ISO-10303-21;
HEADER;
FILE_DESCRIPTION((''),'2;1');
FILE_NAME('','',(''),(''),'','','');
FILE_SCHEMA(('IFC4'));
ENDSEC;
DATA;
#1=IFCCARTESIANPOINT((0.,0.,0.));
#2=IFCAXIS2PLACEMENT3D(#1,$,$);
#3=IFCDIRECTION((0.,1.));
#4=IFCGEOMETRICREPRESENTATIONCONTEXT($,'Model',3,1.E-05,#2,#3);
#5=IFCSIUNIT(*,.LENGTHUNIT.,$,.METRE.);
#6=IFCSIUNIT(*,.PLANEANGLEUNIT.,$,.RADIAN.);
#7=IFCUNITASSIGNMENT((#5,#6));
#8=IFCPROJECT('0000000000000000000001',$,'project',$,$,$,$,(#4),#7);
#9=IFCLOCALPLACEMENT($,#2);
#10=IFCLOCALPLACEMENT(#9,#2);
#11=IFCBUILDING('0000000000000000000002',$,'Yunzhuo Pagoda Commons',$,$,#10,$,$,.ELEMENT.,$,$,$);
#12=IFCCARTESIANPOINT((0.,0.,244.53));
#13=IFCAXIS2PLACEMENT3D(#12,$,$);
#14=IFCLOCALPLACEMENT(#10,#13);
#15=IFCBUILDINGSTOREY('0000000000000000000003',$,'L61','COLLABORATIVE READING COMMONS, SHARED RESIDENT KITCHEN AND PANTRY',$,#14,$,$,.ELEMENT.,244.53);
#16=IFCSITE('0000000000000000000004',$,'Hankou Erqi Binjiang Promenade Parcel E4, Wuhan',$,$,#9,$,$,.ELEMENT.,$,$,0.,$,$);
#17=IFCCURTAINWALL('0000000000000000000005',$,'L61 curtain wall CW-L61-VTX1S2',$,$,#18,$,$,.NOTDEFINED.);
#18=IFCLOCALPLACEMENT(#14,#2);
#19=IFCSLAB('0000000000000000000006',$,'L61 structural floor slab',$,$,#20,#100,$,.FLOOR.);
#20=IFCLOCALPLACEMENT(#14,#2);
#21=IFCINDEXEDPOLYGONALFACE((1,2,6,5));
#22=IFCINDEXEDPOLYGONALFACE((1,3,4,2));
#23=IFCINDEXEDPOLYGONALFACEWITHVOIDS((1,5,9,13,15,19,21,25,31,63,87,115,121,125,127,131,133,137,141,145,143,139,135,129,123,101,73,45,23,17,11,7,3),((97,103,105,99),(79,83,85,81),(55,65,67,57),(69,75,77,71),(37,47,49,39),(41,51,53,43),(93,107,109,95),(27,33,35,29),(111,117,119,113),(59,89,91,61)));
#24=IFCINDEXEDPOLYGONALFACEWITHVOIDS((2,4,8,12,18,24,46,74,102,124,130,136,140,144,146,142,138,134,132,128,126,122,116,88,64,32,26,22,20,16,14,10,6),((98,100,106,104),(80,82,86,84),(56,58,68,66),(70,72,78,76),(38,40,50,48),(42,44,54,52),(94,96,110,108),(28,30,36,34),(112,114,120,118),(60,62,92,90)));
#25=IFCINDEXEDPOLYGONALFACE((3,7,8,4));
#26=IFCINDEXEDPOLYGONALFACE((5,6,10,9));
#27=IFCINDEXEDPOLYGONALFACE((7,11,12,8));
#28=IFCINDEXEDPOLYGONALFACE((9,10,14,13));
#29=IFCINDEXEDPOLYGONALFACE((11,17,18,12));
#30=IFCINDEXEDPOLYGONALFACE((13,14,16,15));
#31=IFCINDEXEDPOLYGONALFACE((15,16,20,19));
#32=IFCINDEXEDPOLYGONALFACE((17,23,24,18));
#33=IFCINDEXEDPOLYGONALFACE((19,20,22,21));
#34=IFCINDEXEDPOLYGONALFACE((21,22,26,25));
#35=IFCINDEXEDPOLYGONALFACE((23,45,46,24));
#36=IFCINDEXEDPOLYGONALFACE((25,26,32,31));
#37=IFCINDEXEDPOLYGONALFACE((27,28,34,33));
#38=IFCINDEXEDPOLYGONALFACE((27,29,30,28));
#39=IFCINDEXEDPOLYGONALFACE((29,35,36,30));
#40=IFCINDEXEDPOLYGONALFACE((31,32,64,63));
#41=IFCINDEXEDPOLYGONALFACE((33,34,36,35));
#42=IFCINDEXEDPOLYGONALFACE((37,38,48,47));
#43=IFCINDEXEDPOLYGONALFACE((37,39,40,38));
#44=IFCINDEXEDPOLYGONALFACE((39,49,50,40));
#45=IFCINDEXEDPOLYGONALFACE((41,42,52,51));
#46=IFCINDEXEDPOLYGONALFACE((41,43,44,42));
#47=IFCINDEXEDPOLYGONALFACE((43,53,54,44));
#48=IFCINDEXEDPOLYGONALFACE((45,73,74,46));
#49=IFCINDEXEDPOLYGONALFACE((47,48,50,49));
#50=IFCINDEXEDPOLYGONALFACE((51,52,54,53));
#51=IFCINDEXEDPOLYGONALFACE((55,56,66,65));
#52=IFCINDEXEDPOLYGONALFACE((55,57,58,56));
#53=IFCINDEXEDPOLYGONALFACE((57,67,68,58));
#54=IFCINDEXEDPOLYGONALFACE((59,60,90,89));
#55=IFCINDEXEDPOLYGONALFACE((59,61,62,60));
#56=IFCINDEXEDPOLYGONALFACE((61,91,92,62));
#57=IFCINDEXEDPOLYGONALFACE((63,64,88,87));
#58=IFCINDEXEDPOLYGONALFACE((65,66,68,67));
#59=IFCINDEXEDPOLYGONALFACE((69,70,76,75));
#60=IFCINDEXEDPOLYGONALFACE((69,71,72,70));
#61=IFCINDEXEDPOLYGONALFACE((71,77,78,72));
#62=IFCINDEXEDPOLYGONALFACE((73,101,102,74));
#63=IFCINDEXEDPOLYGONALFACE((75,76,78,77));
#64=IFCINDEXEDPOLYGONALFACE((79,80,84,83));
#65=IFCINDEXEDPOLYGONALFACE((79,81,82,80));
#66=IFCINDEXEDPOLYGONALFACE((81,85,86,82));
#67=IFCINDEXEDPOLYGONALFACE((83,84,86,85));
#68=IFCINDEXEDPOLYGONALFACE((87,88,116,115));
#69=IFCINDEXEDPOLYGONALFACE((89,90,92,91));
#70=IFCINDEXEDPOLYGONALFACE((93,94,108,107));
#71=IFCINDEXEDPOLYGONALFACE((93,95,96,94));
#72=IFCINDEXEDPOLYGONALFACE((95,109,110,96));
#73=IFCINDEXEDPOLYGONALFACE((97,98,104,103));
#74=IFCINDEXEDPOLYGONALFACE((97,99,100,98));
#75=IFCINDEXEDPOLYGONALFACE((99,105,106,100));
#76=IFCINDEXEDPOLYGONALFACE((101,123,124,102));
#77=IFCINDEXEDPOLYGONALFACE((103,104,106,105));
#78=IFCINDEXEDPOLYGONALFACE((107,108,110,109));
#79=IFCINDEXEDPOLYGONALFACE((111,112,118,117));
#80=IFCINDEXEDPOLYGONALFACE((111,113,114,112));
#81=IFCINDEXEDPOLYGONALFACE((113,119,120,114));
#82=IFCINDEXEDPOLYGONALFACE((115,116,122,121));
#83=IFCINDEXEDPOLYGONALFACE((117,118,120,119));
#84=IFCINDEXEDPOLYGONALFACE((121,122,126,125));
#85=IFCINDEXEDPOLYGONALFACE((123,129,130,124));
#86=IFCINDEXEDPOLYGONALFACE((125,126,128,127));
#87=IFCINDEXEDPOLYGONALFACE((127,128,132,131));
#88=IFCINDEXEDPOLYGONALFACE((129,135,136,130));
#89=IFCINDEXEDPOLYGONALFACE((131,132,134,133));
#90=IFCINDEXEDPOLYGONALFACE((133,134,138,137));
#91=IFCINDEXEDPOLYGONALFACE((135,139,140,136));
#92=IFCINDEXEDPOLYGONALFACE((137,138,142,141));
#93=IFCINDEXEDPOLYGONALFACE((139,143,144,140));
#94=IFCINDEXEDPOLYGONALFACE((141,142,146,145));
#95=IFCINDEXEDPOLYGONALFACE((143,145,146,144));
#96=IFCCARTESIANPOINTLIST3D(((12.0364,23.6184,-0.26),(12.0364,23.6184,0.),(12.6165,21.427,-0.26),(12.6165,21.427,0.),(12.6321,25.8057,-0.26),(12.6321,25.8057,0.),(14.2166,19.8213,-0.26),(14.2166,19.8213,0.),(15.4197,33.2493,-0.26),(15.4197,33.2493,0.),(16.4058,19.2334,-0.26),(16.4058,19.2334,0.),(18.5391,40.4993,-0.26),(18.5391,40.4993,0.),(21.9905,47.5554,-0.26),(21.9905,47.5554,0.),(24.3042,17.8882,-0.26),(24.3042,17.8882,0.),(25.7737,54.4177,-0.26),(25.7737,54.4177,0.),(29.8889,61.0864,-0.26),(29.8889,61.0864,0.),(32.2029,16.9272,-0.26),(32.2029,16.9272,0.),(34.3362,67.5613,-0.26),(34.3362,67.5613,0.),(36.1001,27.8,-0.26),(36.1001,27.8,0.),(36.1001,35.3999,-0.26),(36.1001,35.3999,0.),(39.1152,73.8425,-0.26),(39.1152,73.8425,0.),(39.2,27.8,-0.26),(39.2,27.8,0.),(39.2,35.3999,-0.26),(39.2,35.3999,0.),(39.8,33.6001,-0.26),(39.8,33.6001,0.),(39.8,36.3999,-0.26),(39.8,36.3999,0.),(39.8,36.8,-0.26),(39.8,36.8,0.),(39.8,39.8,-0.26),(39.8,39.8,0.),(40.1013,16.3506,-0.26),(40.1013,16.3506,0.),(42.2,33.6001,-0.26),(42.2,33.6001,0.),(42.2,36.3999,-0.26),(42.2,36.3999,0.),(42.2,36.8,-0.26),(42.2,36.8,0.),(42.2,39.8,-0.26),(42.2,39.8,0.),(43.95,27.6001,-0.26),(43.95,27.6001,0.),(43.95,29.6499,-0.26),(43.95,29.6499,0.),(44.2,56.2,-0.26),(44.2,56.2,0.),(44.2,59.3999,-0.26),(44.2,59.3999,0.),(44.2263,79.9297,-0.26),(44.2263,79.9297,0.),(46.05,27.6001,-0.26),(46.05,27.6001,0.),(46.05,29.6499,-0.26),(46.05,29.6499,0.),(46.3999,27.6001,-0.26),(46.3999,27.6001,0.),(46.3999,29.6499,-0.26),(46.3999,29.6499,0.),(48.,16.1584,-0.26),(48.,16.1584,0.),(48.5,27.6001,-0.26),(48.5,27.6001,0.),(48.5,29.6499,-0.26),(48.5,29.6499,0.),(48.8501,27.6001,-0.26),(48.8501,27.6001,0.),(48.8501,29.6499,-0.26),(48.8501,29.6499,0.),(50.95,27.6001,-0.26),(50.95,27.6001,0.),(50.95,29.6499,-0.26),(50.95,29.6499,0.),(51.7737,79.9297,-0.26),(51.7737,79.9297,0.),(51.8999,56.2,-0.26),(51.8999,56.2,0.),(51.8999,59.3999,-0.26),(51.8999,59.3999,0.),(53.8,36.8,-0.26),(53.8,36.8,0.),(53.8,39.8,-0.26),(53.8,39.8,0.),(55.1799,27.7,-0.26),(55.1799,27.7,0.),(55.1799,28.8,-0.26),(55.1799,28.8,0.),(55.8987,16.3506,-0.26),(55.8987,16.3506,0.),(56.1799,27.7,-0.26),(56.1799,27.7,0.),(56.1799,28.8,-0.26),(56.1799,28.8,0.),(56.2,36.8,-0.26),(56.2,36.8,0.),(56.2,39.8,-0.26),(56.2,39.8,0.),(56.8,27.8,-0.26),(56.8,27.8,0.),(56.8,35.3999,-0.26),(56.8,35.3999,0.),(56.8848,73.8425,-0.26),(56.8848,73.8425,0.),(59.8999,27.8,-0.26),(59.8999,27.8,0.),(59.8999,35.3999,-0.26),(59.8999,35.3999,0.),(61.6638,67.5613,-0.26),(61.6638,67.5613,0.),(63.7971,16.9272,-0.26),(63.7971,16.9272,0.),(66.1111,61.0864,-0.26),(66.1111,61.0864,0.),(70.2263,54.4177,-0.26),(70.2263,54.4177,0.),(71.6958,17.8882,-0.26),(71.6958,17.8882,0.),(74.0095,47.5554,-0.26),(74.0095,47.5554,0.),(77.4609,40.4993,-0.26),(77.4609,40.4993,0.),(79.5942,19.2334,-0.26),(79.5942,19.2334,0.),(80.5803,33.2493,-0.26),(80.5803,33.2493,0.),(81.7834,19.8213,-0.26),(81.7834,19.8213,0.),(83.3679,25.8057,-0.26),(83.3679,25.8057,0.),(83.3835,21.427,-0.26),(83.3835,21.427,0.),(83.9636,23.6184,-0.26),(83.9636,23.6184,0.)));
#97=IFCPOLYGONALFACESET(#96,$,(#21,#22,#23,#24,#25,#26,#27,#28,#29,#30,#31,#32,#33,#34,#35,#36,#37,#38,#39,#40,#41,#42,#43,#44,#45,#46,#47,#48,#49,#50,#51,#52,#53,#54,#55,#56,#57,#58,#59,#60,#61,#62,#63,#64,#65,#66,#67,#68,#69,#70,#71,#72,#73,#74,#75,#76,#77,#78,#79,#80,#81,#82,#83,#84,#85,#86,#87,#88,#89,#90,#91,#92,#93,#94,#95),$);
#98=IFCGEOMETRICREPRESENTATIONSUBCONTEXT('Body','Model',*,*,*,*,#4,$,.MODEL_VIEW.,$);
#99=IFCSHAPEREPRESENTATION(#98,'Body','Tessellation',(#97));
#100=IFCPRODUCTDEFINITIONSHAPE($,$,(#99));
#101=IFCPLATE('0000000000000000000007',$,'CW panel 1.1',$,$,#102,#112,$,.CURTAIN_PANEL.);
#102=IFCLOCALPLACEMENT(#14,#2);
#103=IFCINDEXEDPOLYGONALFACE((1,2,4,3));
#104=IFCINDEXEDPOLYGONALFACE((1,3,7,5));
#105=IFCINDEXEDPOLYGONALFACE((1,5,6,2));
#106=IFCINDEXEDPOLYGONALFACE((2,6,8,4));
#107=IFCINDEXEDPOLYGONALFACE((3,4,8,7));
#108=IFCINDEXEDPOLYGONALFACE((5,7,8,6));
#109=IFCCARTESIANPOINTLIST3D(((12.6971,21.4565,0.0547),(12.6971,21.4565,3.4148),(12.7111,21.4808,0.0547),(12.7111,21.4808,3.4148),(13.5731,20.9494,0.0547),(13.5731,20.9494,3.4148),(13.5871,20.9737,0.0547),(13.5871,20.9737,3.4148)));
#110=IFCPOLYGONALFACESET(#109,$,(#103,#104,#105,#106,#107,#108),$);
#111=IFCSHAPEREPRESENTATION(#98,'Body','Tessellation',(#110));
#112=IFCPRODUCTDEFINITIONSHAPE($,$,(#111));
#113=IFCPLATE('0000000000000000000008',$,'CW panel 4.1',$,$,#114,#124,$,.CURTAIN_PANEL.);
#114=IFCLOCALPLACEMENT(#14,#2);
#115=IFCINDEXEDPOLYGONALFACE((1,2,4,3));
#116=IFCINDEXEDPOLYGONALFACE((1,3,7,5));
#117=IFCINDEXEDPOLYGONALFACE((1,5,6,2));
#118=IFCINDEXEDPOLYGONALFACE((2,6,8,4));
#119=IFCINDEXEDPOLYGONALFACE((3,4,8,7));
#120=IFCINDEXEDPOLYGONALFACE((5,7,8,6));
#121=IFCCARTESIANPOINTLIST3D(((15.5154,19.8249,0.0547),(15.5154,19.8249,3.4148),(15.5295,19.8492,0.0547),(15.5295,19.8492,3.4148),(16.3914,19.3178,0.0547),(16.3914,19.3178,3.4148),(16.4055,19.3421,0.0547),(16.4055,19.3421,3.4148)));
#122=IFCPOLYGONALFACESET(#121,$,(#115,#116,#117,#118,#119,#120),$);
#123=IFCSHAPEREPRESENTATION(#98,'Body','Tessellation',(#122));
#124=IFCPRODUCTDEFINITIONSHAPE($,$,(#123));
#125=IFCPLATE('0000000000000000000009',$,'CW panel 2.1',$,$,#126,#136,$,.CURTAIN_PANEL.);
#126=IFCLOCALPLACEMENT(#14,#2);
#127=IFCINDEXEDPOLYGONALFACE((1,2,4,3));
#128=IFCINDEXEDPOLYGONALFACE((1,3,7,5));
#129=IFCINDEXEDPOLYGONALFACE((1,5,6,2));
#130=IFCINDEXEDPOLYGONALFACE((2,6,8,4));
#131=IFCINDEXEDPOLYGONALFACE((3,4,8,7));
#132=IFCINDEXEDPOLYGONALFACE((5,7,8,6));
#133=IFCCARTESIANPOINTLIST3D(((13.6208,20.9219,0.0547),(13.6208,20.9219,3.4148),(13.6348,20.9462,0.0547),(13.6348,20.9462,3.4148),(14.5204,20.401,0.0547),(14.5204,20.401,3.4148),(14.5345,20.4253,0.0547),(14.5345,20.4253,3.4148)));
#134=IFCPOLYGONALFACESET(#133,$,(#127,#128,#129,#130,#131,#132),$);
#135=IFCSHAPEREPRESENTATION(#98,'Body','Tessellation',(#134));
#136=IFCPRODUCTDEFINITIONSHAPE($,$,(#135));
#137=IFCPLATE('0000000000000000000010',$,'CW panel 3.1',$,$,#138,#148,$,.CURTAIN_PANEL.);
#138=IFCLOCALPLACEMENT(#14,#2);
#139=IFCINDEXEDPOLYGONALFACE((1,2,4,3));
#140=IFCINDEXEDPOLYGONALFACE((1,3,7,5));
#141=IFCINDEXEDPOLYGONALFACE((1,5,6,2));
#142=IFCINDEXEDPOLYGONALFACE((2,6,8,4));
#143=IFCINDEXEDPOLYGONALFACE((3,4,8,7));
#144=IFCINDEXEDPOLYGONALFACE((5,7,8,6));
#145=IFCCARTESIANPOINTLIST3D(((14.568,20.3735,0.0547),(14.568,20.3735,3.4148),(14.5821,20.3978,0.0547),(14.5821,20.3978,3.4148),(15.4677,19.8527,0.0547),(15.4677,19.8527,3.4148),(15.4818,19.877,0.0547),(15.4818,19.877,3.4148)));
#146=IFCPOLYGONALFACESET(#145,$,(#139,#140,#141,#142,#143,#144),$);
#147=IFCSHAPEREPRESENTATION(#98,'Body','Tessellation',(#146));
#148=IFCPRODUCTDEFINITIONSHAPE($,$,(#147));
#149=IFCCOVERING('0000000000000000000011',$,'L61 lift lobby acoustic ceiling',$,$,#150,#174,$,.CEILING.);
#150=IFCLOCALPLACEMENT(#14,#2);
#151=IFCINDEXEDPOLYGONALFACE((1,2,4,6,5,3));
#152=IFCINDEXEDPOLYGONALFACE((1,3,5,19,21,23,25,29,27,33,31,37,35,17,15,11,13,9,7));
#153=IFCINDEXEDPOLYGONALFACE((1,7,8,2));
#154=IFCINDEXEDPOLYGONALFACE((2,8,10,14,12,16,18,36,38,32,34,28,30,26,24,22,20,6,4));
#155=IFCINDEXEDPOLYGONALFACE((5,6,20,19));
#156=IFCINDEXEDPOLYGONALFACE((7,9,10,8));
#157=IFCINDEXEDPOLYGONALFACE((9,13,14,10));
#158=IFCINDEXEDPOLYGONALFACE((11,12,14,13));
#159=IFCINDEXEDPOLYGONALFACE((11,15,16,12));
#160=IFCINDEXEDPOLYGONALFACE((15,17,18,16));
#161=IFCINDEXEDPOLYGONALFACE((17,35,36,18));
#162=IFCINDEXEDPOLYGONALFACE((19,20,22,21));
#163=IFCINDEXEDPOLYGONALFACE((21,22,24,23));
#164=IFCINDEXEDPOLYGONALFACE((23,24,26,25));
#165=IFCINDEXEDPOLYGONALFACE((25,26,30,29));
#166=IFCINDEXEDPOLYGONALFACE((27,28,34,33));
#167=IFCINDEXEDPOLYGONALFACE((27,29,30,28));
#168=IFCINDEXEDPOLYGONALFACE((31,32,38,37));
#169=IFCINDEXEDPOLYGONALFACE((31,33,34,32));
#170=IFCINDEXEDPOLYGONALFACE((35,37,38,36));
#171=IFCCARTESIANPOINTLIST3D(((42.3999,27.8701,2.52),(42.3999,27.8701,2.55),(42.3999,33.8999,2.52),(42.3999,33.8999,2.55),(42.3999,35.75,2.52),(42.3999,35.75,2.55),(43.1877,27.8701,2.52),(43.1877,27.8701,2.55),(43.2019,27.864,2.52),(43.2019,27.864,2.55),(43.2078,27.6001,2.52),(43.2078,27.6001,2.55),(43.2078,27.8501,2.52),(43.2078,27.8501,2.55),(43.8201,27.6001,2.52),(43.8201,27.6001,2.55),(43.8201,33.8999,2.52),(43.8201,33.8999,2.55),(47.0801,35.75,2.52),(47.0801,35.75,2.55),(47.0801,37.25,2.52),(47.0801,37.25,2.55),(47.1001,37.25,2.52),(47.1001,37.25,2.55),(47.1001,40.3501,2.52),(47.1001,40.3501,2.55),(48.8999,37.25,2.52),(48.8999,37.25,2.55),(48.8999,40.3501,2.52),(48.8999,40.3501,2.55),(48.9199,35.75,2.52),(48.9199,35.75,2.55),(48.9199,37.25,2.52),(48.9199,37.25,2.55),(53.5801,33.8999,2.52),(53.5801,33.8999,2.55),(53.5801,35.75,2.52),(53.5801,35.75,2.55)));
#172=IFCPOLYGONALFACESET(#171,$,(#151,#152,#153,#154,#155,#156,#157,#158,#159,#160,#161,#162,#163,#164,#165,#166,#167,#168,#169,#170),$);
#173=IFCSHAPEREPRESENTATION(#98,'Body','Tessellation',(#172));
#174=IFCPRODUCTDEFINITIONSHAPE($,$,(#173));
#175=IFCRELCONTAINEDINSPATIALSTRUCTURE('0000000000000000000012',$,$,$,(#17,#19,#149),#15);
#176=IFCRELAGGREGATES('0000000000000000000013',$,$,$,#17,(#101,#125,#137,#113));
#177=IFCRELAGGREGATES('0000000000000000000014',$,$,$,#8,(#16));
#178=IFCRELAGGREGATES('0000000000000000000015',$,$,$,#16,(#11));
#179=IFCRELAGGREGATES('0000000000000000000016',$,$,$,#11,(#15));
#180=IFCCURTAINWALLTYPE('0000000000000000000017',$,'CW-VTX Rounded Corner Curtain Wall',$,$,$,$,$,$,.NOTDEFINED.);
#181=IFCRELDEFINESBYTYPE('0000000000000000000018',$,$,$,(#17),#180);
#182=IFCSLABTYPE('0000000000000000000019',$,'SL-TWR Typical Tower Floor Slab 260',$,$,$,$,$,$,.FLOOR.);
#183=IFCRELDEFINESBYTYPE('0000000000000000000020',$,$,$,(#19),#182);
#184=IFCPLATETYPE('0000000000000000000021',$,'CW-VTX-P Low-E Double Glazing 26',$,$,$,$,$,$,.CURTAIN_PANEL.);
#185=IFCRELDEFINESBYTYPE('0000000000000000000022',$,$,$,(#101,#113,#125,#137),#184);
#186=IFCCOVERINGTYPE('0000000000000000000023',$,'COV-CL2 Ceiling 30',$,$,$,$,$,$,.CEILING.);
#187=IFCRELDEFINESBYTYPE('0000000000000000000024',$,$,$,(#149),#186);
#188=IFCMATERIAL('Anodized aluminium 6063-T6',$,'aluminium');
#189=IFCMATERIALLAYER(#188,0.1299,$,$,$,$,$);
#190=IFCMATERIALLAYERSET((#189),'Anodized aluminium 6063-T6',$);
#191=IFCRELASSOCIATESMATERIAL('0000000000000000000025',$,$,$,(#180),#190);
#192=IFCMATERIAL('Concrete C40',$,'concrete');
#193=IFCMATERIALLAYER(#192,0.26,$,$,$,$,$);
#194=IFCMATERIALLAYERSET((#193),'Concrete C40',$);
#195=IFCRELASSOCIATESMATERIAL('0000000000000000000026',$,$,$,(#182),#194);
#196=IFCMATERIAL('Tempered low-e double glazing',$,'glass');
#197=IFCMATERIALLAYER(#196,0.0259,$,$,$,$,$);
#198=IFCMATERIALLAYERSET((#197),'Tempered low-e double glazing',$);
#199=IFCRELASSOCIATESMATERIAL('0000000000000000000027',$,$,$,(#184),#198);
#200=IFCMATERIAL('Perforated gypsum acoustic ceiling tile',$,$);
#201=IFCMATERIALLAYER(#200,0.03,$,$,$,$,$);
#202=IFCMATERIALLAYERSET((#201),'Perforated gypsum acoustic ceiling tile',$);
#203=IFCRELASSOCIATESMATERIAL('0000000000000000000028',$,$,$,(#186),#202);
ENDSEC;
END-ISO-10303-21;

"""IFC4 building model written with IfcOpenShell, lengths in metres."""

from ifc_helpers import new_model, si_unit, direction, frame, origin, origin_2d, place, context, subcontext, project, spatial, polyline, rectangle, outline, extrude, source, transform, mapped, material, layer, layer_set, type_object, element, aggregate, save


model = new_model("IFC4")

# Units and contexts
model_context = context("Model", 3, precision=1e-05, world=origin(), true_north=direction((0.0, 1.0)))
body_context = subcontext(model_context, "Body", "Model", "MODEL_VIEW")
ifc_project = project(units=[si_unit("LENGTHUNIT", "METRE"), si_unit("PLANEANGLEUNIT", "RADIAN")], contexts=[model_context])

# Site, building, storey
site_placement = place(None, origin())
site = spatial("IfcSite", under=ifc_project, at=site_placement, Name="Hankou Erqi Binjiang Promenade Parcel E4, Wuhan", CompositionType="ELEMENT", RefElevation=0.0)
building_placement = place(site_placement, origin())
building = spatial("IfcBuilding", under=site, at=building_placement, Name="Yunzhuo Pagoda Commons", CompositionType="ELEMENT")
storey_placement = place(building_placement, frame((0.0, 0.0, 244.53)))
storey = spatial("IfcBuildingStorey", under=building, at=storey_placement, Name="L61", Description="COLLABORATIVE READING COMMONS, SHARED RESIDENT KITCHEN AND PANTRY", CompositionType="ELEMENT", Elevation=244.53)

# Curtain wall
ifc_material_1 = material(Name="Anodized aluminium 6063-T6", Category="aluminium")
ifc_layer_1 = layer(ifc_material_1, 0.1299)
ifc_layer_set_1 = layer_set([ifc_layer_1], Name="Anodized aluminium 6063-T6")
curtain_wall_type = type_object("IfcCurtainWallType", Name="CW-VTX Rounded Corner Curtain Wall", PredefinedType="NOTDEFINED", material=ifc_layer_set_1)
curtain_wall_placement = place(storey_placement, origin())
curtain_wall = element("IfcCurtainWall", 1, at=curtain_wall_placement, inside=storey, type_object=curtain_wall_type, Name="L61 curtain wall CW-L61-VTX1S2", PredefinedType="NOTDEFINED")

# Shared definitions
ifc_material_2 = material(Name="Concrete C40", Category="concrete")

# Slab
ifc_layer_2 = layer(ifc_material_2, 0.26)
ifc_layer_set_2 = layer_set([ifc_layer_2], Name="Concrete C40")
slab_type_1 = type_object("IfcSlabType", Name="SL-TWR Typical Tower Floor Slab 260", PredefinedType="FLOOR", material=ifc_layer_set_2)
slab_1_placement = place(storey_placement, frame((0.0, 0.0, -0.26)))
element("IfcSlab", 2, at=slab_1_placement, inside=storey, type_object=slab_type_1, Name="L61 structural floor slab", PredefinedType="FLOOR", context=body_context, shape_type="SweptSolid", body=[
    extrude(outline(polyline([(15.4197, 33.2493), (18.5391, 40.4993), (21.9905, 47.5554), (25.7737, 54.4177), (29.8889, 61.0864), (34.3362, 67.5613), (39.1152, 73.8425), (44.2263, 79.9297), (51.7737, 79.9297), (56.8848, 73.8425), (61.6638, 67.5613), (66.1111, 61.0864), (70.2263, 54.4177), (74.0095, 47.5554), (77.4609, 40.4993), (80.5803, 33.2493), (83.3679, 25.8057), (83.9636, 23.6184), (83.3835, 21.427), (81.7834, 19.8213), (79.5942, 19.2334), (71.6958, 17.8882), (63.7971, 16.9272), (55.8987, 16.3506), (48.0, 16.1584), (40.1013, 16.3506), (32.2029, 16.9272), (24.3042, 17.8882), (16.4058, 19.2334), (14.2166, 19.8213), (12.6165, 21.427), (12.0364, 23.6184), (12.6321, 25.8057), (15.4197, 33.2493)]), holes=[polyline([(56.1799, 28.8), (55.1799, 28.8), (55.1799, 27.7), (56.1799, 27.7), (56.1799, 28.8)]), polyline([(46.05, 29.6499), (43.95, 29.6499), (43.95, 27.6001), (46.05, 27.6001), (46.05, 29.6499)]), polyline([(48.5, 29.6499), (46.3999, 29.6499), (46.3999, 27.6001), (48.5, 27.6001), (48.5, 29.6499)]), polyline([(50.95, 27.6001), (50.95, 29.6499), (48.8501, 29.6499), (48.8501, 27.6001), (50.95, 27.6001)]), polyline([(36.1001, 27.8), (39.2, 27.8), (39.2, 35.3999), (36.1001, 35.3999), (36.1001, 27.8)]), polyline([(59.8999, 27.8), (59.8999, 35.3999), (56.8, 35.3999), (56.8, 27.8), (59.8999, 27.8)]), polyline([(42.2, 36.3999), (39.8, 36.3999), (39.8, 33.6001), (42.2, 33.6001), (42.2, 36.3999)]), polyline([(42.2, 39.8), (39.8, 39.8), (39.8, 36.8), (42.2, 36.8), (42.2, 39.8)]), polyline([(56.2, 36.8), (56.2, 39.8), (53.8, 39.8), (53.8, 36.8), (56.2, 36.8)]), polyline([(51.8999, 56.2), (51.8999, 59.3999), (44.2, 59.3999), (44.2, 56.2), (51.8999, 56.2)])]), origin(), (0.0, 0.0, 1.0), 0.26),
])

# Plates
ifc_material_3 = material(Name="Tempered low-e double glazing", Category="glass")
ifc_layer_3 = layer(ifc_material_3, 0.0259)
ifc_layer_set_3 = layer_set([ifc_layer_3], Name="Tempered low-e double glazing")
plate_type = type_object("IfcPlateType", Name="CW-VTX-P Low-E Double Glazing 26", PredefinedType="CURTAIN_PANEL", material=ifc_layer_set_3)
shared_shape_1 = source(origin(), body_context, "Body", "SweptSolid", [
    extrude(rectangle(XDim=1.0122, YDim=0.0281, at=origin_2d()), origin(), (0.0, 0.0, 1.0), 3.3601),
])
plate_1_placement = place(storey_placement, frame((13.1421, 21.2151, 0.0547), z_axis=(0.0, 0.0, 1.0), x_axis=(0.865427, -0.501035, 0.0)))
plate_1 = element("IfcPlate", 3, at=plate_1_placement, type_object=plate_type, Name="CW panel 1.1", PredefinedType="CURTAIN_PANEL", context=body_context, shape_type="MappedRepresentation", body=[
    mapped(shared_shape_1, transform((0.0, 0.0, 0.0), scale=1.0)),
])
plate_2_placement = place(storey_placement, frame((15.9604, 19.5835, 0.0547), z_axis=(0.0, 0.0, 1.0), x_axis=(0.865427, -0.501035, 0.0)))
plate_2 = element("IfcPlate", 4, at=plate_2_placement, type_object=plate_type, Name="CW panel 4.1", PredefinedType="CURTAIN_PANEL", context=body_context, shape_type="MappedRepresentation", body=[
    mapped(shared_shape_1, transform((0.0, 0.0, 0.0), scale=1.0)),
])
shared_shape_2 = source(origin(), body_context, "Body", "SweptSolid", [
    extrude(rectangle(XDim=1.0396, YDim=0.0281, at=origin_2d()), origin(), (0.0, 0.0, 1.0), 3.3601),
])
plate_3_placement = place(storey_placement, frame((14.0776, 20.6736, 0.0547), z_axis=(0.0, 0.0, 1.0), x_axis=(0.865427, -0.501035, 0.0)))
plate_3 = element("IfcPlate", 5, at=plate_3_placement, type_object=plate_type, Name="CW panel 2.1", PredefinedType="CURTAIN_PANEL", context=body_context, shape_type="MappedRepresentation", body=[
    mapped(shared_shape_2, transform((0.0, 0.0, 0.0), scale=1.0)),
])
plate_4_placement = place(storey_placement, frame((15.0249, 20.1252, 0.0547), z_axis=(0.0, 0.0, 1.0), x_axis=(0.865427, -0.501035, 0.0)))
plate_4 = element("IfcPlate", 6, at=plate_4_placement, type_object=plate_type, Name="CW panel 3.1", PredefinedType="CURTAIN_PANEL", context=body_context, shape_type="MappedRepresentation", body=[
    mapped(shared_shape_2, transform((0.0, 0.0, 0.0), scale=1.0)),
])
aggregate(curtain_wall, [plate_1, plate_3, plate_4, plate_2])

# Covering
ifc_material_4 = material(Name="Perforated gypsum acoustic ceiling tile")
ifc_layer_4 = layer(ifc_material_4, 0.03)
ifc_layer_set_4 = layer_set([ifc_layer_4], Name="Perforated gypsum acoustic ceiling tile")
covering_type_1 = type_object("IfcCoveringType", Name="COV-CL2 Ceiling 30", PredefinedType="CEILING", material=ifc_layer_set_4)
covering_1_placement = place(storey_placement, frame((0.0, 0.0, 2.52)))
element("IfcCovering", 7, at=covering_1_placement, inside=storey, type_object=covering_type_1, Name="L61 lift lobby acoustic ceiling", PredefinedType="CEILING", context=body_context, shape_type="SweptSolid", body=[
    extrude(outline(polyline([(42.3999, 35.75), (47.0801, 35.75), (47.0801, 37.25), (47.1001, 37.25), (47.1001, 40.3501), (48.8999, 40.3501), (48.8999, 37.25), (48.9199, 37.25), (48.9199, 35.75), (53.5801, 35.75), (53.5801, 33.8999), (43.8201, 33.8999), (43.8201, 27.6001), (43.2078, 27.6001), (43.2078, 27.8501), (43.2019, 27.864), (43.1877, 27.8701), (42.3999, 27.8701), (42.3999, 33.8999), (42.3999, 35.75)])), origin(), (0.0, 0.0, 1.0), 0.03),
])

save(model, "model.ifc")
